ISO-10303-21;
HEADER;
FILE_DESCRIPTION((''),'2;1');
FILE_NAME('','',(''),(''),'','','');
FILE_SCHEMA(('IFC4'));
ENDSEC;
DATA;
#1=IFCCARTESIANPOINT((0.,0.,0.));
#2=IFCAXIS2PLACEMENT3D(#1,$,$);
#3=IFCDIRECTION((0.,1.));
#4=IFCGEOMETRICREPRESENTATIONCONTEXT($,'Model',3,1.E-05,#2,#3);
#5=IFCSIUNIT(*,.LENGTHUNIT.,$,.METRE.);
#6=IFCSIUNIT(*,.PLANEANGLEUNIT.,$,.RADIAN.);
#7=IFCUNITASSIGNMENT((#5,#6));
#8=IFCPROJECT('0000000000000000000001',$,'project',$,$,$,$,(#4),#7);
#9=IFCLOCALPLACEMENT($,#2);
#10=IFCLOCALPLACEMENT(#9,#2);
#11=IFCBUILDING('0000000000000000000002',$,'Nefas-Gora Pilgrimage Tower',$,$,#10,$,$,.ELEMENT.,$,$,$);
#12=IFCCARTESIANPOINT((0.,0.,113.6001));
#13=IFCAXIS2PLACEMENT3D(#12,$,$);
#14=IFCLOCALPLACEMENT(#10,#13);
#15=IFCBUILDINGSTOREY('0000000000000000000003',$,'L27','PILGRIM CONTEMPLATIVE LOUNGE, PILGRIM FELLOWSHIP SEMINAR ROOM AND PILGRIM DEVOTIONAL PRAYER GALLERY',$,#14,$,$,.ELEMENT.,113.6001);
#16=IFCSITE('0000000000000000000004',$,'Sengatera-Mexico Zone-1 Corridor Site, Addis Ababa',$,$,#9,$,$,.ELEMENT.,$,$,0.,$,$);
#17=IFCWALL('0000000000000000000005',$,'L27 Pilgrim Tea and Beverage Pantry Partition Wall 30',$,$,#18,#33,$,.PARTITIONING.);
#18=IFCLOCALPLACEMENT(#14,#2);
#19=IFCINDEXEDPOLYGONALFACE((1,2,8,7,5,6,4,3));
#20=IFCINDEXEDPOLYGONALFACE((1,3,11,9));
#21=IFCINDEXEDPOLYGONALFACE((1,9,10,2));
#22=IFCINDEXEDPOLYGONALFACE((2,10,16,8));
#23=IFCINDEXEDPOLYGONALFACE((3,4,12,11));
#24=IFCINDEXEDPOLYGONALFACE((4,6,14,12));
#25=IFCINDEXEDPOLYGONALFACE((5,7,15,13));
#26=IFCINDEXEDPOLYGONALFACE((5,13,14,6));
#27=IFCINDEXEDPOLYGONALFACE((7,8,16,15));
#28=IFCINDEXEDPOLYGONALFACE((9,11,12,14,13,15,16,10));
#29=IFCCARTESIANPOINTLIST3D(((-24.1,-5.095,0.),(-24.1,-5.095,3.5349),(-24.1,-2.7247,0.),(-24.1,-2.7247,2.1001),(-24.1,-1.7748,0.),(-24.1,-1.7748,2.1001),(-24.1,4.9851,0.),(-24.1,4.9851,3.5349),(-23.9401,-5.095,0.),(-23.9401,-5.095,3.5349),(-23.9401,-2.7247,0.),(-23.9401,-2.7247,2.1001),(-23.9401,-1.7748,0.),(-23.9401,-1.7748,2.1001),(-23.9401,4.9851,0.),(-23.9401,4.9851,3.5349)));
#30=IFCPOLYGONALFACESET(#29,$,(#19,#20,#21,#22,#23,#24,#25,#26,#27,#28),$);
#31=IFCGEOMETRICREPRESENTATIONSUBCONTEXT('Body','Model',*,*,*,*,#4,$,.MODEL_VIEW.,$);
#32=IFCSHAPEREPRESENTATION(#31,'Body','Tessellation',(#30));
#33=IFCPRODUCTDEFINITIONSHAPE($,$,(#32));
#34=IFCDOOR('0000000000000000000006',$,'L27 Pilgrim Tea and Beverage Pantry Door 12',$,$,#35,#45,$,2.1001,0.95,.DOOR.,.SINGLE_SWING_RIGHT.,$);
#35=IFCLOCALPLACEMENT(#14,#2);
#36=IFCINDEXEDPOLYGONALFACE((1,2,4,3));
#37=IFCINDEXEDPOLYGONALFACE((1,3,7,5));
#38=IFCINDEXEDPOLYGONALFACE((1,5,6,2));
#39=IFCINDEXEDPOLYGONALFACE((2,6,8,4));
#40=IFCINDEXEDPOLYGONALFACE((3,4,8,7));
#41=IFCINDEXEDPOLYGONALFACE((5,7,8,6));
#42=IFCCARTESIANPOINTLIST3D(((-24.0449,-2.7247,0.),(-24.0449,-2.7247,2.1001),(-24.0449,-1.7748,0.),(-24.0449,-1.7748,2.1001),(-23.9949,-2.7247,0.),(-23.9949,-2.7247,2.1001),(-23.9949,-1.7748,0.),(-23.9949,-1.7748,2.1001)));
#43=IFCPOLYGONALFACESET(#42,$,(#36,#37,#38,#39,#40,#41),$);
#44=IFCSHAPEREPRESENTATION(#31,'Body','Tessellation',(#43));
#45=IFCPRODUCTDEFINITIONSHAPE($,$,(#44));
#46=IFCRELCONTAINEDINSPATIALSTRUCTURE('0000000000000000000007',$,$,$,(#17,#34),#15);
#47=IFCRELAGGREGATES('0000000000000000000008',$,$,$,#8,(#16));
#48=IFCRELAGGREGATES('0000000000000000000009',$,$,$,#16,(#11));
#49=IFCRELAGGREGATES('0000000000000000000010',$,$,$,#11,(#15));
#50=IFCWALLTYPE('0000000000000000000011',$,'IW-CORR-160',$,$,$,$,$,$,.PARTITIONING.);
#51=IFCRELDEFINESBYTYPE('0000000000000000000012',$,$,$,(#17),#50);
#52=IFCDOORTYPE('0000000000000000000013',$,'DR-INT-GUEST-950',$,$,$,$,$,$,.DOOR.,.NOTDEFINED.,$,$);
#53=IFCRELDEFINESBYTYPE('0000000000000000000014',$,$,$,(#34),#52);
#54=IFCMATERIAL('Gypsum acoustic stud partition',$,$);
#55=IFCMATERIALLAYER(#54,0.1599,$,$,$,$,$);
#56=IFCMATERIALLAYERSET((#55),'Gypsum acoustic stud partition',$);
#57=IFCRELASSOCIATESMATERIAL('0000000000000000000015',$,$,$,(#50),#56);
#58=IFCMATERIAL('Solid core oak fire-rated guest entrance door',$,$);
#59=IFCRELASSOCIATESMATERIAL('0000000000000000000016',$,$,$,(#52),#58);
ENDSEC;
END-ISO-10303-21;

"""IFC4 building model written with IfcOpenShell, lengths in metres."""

from ifc_helpers import new_model, si_unit, direction, frame, frame_2d, origin, place, context, subcontext, project, spatial, rectangle, extrude, source, transform, mapped, material, layer, layer_set, type_object, element, fill, save


model = new_model("IFC4")

# Units and contexts
model_context = context("Model", 3, precision=1e-05, world=origin(), true_north=direction((0.0, 1.0)))
body_context = subcontext(model_context, "Body", "Model", "MODEL_VIEW")
ifc_project = project(units=[si_unit("LENGTHUNIT", "METRE"), si_unit("PLANEANGLEUNIT", "RADIAN")], contexts=[model_context])

# Site, building, storey
site_placement = place(None, origin())
site = spatial("IfcSite", under=ifc_project, at=site_placement, Name="Sengatera-Mexico Zone-1 Corridor Site, Addis Ababa", CompositionType="ELEMENT", RefElevation=0.0)
building_placement = place(site_placement, origin())
building = spatial("IfcBuilding", under=site, at=building_placement, Name="Nefas-Gora Pilgrimage Tower", CompositionType="ELEMENT")
storey_placement = place(building_placement, frame((0.0, 0.0, 113.6001)))
storey = spatial("IfcBuildingStorey", under=building, at=storey_placement, Name="L27", Description="PILGRIM CONTEMPLATIVE LOUNGE, PILGRIM FELLOWSHIP SEMINAR ROOM AND PILGRIM DEVOTIONAL PRAYER GALLERY", CompositionType="ELEMENT", Elevation=113.6001)

# Shared definitions
ifc_material_1 = material(Name="Gypsum acoustic stud partition")
ifc_layer_1 = layer(ifc_material_1, 0.1599)
ifc_layer_set_1 = layer_set([ifc_layer_1], Name="Gypsum acoustic stud partition")
wall_type_1 = type_object("IfcWallType", Name="IW-CORR-160", PredefinedType="PARTITIONING", material=ifc_layer_set_1)
ifc_material_2 = material(Name="Solid core oak fire-rated guest entrance door")
door_type = type_object("IfcDoorType", Name="DR-INT-GUEST-950", OperationType="NOTDEFINED", PredefinedType="DOOR", material=ifc_material_2)
shared_shape_1 = source(origin(), body_context, "Body", "SweptSolid", [
    extrude(rectangle(XDim=0.95, YDim=2.1001, at=frame_2d((0.4751, 1.05))), frame((0.0, 0.0249, 0.0), z_axis=(0.0, -1.0, 0.0), x_axis=(1.0, 0.0, 0.0)), (0.0, 0.0, 1.0), 0.05),
])

# Wall, opening, door
shared_shape_2 = source(origin(), body_context, "Body", "SweptSolid", [
    extrude(rectangle(XDim=10.0801, YDim=0.1599, at=frame_2d((5.04, 0.0))), origin(), (0.0, 0.0, 1.0), 3.5349),
])
wall_1_placement = place(storey_placement, frame((-24.02, -5.095, 0.0), z_axis=(0.0, 0.0, 1.0), x_axis=(0.0, 1.0, 0.0)))
wall_1 = element("IfcWall", 1, at=wall_1_placement, inside=storey, type_object=wall_type_1, Name="L27 Pilgrim Tea and Beverage Pantry Partition Wall 30", PredefinedType="PARTITIONING", context=body_context, shape_type="MappedRepresentation", body=[
    mapped(shared_shape_2, transform((0.0, 0.0, 0.0), x_axis=(1.0, 0.0, 0.0), y_axis=(0.0, 1.0, 0.0), z_axis=(0.0, 0.0, 1.0), scale=1.0)),
])
opening_1_placement = place(wall_1_placement, frame((2.3701, 0.0, 0.0)))
opening_1 = element("IfcOpeningElement", 2, at=opening_1_placement, cuts=wall_1, PredefinedType="OPENING", context=body_context, shape_type="SweptSolid", body=[
    extrude(rectangle(XDim=0.95, YDim=2.1001, at=frame_2d((0.4751, 1.05))), frame((0.0, 0.0898, 0.0), z_axis=(0.0, -1.0, 0.0), x_axis=(1.0, 0.0, 0.0)), (0.0, 0.0, 1.0), 0.1799),
])
door_1_placement = place(opening_1_placement, origin())
door_1 = element("IfcDoor", 3, at=door_1_placement, inside=storey, type_object=door_type, Name="L27 Pilgrim Tea and Beverage Pantry Door 12", OperationType="SINGLE_SWING_RIGHT", OverallHeight=2.1001, OverallWidth=0.95, PredefinedType="DOOR", context=body_context, shape_type="MappedRepresentation", body=[
    mapped(shared_shape_1, transform((0.0, 0.0, 0.0), x_axis=(1.0, 0.0, 0.0), y_axis=(0.0, 1.0, 0.0), z_axis=(0.0, 0.0, 1.0), scale=1.0)),
])
fill(opening_1, door_1)

save(model, "model.ifc")
